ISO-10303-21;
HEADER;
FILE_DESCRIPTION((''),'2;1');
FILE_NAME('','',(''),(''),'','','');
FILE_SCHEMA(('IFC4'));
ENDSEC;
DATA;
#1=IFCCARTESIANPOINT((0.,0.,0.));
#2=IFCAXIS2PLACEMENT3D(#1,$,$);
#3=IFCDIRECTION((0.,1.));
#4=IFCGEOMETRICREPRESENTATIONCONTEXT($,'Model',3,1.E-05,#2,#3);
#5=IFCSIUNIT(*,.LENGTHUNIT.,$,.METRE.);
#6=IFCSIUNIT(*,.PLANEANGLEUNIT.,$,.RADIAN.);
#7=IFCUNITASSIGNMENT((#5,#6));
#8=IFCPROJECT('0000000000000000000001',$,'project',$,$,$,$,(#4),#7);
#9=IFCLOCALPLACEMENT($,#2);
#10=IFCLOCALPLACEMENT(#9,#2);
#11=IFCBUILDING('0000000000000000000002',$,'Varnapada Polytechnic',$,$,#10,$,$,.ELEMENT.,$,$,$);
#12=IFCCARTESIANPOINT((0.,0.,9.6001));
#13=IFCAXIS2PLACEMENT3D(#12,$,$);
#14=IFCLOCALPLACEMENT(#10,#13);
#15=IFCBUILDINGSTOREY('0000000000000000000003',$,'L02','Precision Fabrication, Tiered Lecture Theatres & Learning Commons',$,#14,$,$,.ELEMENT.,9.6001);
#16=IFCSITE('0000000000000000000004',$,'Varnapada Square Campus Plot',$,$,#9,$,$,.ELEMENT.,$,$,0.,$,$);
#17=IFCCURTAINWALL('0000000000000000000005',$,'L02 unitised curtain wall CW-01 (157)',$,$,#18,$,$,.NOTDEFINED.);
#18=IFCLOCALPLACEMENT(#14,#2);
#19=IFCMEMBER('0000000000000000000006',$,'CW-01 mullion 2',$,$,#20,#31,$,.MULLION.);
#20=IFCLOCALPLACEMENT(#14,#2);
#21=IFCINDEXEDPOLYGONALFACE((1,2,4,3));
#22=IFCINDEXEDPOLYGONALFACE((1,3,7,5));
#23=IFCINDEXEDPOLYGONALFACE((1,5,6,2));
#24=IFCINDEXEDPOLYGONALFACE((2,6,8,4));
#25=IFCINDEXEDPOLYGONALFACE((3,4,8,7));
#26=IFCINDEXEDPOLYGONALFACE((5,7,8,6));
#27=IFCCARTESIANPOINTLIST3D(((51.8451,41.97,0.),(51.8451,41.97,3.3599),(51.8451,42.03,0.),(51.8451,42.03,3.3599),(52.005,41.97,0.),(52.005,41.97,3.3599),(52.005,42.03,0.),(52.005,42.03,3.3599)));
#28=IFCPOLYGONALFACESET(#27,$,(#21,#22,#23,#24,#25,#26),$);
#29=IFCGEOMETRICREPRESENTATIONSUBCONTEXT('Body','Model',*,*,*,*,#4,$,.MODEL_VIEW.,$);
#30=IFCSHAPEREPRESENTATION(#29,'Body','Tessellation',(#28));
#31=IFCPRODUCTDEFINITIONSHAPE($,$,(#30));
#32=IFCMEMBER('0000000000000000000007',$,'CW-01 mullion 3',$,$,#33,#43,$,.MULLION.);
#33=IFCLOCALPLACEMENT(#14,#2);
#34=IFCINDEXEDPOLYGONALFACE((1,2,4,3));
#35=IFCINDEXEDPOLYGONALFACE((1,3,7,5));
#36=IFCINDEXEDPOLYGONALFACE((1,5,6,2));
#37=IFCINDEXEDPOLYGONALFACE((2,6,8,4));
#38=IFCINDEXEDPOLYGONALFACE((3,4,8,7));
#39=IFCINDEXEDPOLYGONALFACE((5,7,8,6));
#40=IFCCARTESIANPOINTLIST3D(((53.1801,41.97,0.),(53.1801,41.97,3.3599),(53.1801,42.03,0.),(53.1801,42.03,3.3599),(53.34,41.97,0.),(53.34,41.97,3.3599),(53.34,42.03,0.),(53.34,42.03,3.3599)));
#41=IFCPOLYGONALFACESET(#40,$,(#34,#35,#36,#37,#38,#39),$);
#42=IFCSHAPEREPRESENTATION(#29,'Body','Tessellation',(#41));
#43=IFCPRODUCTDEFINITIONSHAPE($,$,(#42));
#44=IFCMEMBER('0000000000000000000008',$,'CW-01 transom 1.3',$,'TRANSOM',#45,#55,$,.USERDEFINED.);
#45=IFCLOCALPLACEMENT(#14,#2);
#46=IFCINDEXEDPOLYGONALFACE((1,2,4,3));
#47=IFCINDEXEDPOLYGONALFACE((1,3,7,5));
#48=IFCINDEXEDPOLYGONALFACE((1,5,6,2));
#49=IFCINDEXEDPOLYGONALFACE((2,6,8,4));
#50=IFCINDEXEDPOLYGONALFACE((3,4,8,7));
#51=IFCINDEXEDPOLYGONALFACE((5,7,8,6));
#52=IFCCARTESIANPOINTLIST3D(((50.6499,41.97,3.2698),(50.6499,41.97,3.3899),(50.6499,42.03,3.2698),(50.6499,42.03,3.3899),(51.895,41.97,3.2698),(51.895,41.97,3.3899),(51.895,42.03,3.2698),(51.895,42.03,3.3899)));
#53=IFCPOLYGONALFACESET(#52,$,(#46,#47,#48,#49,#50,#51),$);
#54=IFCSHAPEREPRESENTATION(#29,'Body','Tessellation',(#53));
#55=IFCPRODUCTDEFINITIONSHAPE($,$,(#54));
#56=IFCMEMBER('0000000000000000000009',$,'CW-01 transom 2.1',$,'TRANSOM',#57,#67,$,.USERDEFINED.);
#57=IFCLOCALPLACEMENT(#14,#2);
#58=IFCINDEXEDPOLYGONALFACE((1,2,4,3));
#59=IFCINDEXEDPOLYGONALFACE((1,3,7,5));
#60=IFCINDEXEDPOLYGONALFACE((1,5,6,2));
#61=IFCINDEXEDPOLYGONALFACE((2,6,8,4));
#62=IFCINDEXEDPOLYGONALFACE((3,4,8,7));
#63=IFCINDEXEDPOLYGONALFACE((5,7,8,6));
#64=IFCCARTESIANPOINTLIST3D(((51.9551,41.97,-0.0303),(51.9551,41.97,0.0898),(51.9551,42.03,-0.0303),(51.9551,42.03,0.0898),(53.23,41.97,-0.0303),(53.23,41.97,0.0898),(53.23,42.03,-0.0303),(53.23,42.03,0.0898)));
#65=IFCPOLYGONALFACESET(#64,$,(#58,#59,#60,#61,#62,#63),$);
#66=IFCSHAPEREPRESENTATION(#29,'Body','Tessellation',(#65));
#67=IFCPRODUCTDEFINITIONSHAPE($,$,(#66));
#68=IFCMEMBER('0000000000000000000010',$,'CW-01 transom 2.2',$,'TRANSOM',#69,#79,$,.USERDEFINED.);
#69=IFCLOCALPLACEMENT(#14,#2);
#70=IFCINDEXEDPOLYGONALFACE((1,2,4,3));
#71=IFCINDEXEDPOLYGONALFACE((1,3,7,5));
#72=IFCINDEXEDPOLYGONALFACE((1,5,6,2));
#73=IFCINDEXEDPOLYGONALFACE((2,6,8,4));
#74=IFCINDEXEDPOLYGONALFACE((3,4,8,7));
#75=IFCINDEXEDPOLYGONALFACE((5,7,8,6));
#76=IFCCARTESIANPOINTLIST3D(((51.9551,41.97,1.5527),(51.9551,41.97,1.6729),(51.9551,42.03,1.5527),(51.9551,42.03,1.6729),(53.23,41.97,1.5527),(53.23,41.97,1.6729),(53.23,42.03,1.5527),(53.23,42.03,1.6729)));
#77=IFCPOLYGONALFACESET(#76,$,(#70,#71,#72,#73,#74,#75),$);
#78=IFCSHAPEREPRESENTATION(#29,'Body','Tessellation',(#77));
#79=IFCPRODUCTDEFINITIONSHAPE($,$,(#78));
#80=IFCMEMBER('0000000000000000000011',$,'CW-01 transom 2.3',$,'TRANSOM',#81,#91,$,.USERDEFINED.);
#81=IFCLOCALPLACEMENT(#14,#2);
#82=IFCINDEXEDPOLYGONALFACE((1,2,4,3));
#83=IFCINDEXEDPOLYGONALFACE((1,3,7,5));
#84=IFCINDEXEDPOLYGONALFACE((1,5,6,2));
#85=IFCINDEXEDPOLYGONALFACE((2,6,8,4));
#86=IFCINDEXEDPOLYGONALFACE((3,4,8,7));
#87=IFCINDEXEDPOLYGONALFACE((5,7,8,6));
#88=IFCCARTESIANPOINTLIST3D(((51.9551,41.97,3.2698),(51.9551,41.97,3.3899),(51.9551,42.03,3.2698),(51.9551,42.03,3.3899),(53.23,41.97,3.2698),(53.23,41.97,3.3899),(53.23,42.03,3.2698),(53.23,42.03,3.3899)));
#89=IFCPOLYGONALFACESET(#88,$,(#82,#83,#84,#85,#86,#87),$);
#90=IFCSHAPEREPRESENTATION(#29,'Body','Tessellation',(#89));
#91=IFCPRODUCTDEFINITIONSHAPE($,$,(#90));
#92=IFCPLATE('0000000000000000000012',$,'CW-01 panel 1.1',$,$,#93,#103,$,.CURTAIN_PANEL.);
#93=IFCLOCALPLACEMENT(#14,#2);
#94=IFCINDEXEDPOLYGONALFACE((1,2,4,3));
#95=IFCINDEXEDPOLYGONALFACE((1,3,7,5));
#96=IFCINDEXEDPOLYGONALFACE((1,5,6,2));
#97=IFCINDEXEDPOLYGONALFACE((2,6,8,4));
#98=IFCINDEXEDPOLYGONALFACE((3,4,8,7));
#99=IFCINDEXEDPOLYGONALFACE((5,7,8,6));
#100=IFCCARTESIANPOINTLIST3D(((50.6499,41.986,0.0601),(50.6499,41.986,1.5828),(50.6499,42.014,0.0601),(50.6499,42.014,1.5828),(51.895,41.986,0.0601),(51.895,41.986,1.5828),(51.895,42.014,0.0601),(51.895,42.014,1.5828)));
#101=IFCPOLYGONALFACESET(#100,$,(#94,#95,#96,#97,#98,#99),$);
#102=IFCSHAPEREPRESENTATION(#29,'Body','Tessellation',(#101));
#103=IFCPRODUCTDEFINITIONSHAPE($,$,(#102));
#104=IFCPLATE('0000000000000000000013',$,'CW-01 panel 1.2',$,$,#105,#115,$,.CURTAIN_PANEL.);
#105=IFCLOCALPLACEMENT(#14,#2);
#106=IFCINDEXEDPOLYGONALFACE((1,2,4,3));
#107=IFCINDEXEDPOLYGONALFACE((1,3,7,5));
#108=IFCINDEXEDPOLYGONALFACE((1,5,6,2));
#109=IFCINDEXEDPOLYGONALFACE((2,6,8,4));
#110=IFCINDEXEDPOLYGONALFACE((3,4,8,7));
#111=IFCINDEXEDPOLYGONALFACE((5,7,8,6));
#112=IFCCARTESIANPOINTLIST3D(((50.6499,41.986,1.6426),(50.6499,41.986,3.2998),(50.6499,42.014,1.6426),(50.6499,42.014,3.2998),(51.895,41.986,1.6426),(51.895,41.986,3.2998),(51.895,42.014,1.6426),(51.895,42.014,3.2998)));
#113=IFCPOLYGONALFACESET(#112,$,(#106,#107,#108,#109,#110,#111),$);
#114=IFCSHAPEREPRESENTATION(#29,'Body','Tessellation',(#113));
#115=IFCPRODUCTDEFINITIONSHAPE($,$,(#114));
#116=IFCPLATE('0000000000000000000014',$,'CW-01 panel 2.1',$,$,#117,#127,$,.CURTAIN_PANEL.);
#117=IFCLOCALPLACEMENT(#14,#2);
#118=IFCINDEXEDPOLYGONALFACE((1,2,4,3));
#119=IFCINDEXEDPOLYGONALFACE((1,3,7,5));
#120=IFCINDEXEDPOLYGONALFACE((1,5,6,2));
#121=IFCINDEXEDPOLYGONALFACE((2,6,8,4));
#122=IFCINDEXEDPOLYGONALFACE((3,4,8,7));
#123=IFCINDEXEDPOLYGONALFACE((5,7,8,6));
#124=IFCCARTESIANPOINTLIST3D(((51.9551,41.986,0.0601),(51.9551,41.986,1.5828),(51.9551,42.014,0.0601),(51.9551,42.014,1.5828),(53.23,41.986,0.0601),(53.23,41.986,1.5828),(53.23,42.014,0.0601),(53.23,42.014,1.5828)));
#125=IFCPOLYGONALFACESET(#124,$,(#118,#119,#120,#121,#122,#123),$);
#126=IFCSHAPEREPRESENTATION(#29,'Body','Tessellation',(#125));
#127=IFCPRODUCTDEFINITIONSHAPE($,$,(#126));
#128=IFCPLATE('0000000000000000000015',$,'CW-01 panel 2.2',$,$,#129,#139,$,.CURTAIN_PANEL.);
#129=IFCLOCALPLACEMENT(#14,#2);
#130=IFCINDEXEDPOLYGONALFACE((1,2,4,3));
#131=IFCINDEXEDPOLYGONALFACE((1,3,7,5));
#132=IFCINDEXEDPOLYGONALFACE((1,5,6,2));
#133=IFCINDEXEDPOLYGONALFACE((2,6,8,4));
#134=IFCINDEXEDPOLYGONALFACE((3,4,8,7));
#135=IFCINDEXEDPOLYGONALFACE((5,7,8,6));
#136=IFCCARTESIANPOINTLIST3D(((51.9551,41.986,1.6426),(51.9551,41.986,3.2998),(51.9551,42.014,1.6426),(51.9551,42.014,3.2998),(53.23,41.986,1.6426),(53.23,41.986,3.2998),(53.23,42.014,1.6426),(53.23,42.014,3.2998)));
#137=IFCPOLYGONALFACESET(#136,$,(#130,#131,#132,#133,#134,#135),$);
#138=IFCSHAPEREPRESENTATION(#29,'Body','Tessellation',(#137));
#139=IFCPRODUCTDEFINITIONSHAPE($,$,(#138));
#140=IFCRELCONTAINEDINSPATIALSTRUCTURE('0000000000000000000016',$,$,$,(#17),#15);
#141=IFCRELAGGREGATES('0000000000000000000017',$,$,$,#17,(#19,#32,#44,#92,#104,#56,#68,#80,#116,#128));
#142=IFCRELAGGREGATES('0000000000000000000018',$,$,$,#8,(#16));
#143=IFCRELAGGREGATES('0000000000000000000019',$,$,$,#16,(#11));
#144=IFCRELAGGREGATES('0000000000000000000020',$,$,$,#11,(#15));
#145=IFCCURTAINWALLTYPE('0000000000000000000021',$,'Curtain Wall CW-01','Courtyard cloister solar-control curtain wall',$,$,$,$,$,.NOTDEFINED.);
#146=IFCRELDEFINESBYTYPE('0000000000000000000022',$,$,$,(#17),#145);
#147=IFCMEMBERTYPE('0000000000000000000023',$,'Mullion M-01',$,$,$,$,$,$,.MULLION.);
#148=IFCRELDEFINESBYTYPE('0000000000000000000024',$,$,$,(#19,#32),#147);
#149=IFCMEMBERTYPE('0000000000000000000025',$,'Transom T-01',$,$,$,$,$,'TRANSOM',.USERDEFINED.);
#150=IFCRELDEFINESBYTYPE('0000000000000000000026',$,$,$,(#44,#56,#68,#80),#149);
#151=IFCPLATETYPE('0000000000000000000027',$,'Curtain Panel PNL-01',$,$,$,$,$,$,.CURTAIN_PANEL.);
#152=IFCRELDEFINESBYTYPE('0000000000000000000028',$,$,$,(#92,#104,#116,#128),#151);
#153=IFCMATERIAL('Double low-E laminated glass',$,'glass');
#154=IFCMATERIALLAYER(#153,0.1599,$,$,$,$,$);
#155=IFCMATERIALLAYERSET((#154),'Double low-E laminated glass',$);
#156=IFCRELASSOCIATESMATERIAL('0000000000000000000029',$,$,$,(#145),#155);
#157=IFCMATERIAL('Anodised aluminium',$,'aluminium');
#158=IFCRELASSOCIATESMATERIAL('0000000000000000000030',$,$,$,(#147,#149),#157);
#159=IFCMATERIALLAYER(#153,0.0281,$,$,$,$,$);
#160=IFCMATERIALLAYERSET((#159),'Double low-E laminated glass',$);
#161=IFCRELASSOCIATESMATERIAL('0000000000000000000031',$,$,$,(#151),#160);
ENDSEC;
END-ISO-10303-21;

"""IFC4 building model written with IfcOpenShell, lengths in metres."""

from ifc_helpers import new_model, si_unit, direction, frame, origin, origin_2d, place, context, subcontext, project, spatial, rectangle, extrude, material, layer, layer_set, material_profile, profile_set, type_object, element, aggregate, save


model = new_model("IFC4")

# Units and contexts
model_context = context("Model", 3, precision=1e-05, world=origin(), true_north=direction((0.0, 1.0)))
body_context = subcontext(model_context, "Body", "Model", "MODEL_VIEW")
ifc_project = project(units=[si_unit("LENGTHUNIT", "METRE"), si_unit("PLANEANGLEUNIT", "RADIAN")], contexts=[model_context])

# Site, building, storey
site_placement = place(None, origin())
site = spatial("IfcSite", under=ifc_project, at=site_placement, Name="Varnapada Square Campus Plot", CompositionType="ELEMENT", RefElevation=0.0)
building_placement = place(site_placement, origin())
building = spatial("IfcBuilding", under=site, at=building_placement, Name="Varnapada Polytechnic", CompositionType="ELEMENT")
storey_placement = place(building_placement, frame((0.0, 0.0, 9.6001)))
storey = spatial("IfcBuildingStorey", under=building, at=storey_placement, Name="L02", Description="Precision Fabrication, Tiered Lecture Theatres & Learning Commons", CompositionType="ELEMENT", Elevation=9.6001)

# Curtain wall, members, plates
ifc_material_1 = material(Name="Double low-E laminated glass", Category="glass")
ifc_layer_1 = layer(ifc_material_1, 0.1599)
ifc_layer_set_1 = layer_set([ifc_layer_1], Name="Double low-E laminated glass")
curtain_wall_type = type_object("IfcCurtainWallType", Name="Curtain Wall CW-01", Description="Courtyard cloister solar-control curtain wall", PredefinedType="NOTDEFINED", material=ifc_layer_set_1)
curtain_wall_placement = place(storey_placement, origin())
curtain_wall = element("IfcCurtainWall", 1, at=curtain_wall_placement, inside=storey, type_object=curtain_wall_type, Name="L02 unitised curtain wall CW-01 (157)", PredefinedType="NOTDEFINED")
ifc_material_2 = material(Name="Anodised aluminium", Category="aluminium")
ifc_material_profile_1 = material_profile(ifc_material_2, rectangle(XDim=0.0601, YDim=0.1599, at=origin_2d()), Name="ALU M60x160")
ifc_profile_set_1 = profile_set([ifc_material_profile_1], Name="Anodised aluminium")
member_type_1 = type_object("IfcMemberType", Name="Mullion M-01", PredefinedType="MULLION", material=ifc_profile_set_1)
member_1_placement = place(storey_placement, frame((51.925, 42.0, 0.0), z_axis=(0.0, 0.0, 1.0), x_axis=(0.0, 1.0, 0.0)))
member_1 = element("IfcMember", 2, at=member_1_placement, type_object=member_type_1, Name="CW-01 mullion 2", PredefinedType="MULLION", context=body_context, shape_type="SweptSolid", body=[
    extrude(rectangle(XDim=0.0601, YDim=0.1599, at=origin_2d()), origin(), (0.0, 0.0, 1.0), 3.3599),
])
member_2_placement = place(storey_placement, frame((53.26, 42.0, 0.0), z_axis=(0.0, 0.0, 1.0), x_axis=(0.0, 1.0, 0.0)))
member_2 = element("IfcMember", 3, at=member_2_placement, type_object=member_type_1, Name="CW-01 mullion 3", PredefinedType="MULLION", context=body_context, shape_type="SweptSolid", body=[
    extrude(rectangle(XDim=0.0601, YDim=0.1599, at=origin_2d()), origin(), (0.0, 0.0, 1.0), 3.3599),
])
ifc_material_profile_2 = material_profile(ifc_material_2, rectangle(XDim=0.0601, YDim=0.1201, at=origin_2d()), Name="ALU T60x120")
ifc_profile_set_2 = profile_set([ifc_material_profile_2], Name="Anodised aluminium")
member_type_2 = type_object("IfcMemberType", Name="Transom T-01", ElementType="TRANSOM", PredefinedType="USERDEFINED", material=ifc_profile_set_2)
member_3_placement = place(storey_placement, frame((50.6499, 42.0, 3.3298), z_axis=(1.0, 0.0, 0.0), x_axis=(0.0, 1.0, 0.0)))
member_3 = element("IfcMember", 4, at=member_3_placement, type_object=member_type_2, Name="CW-01 transom 1.3", ObjectType="TRANSOM", PredefinedType="USERDEFINED", context=body_context, shape_type="SweptSolid", body=[
    extrude(rectangle(XDim=0.0601, YDim=0.1201, at=origin_2d()), origin(), (0.0, 0.0, 1.0), 1.2451),
])
member_4_placement = place(storey_placement, frame((51.9551, 42.0, 0.0298), z_axis=(1.0, 0.0, 0.0), x_axis=(0.0, 1.0, 0.0)))
member_4 = element("IfcMember", 5, at=member_4_placement, type_object=member_type_2, Name="CW-01 transom 2.1", ObjectType="TRANSOM", PredefinedType="USERDEFINED", context=body_context, shape_type="SweptSolid", body=[
    extrude(rectangle(XDim=0.0601, YDim=0.1201, at=origin_2d()), origin(), (0.0, 0.0, 1.0), 1.2749),
])
member_5_placement = place(storey_placement, frame((51.9551, 42.0, 1.6128), z_axis=(1.0, 0.0, 0.0), x_axis=(0.0, 1.0, 0.0)))
member_5 = element("IfcMember", 6, at=member_5_placement, type_object=member_type_2, Name="CW-01 transom 2.2", ObjectType="TRANSOM", PredefinedType="USERDEFINED", context=body_context, shape_type="SweptSolid", body=[
    extrude(rectangle(XDim=0.0601, YDim=0.1201, at=origin_2d()), origin(), (0.0, 0.0, 1.0), 1.2749),
])
member_6_placement = place(storey_placement, frame((51.9551, 42.0, 3.3298), z_axis=(1.0, 0.0, 0.0), x_axis=(0.0, 1.0, 0.0)))
member_6 = element("IfcMember", 7, at=member_6_placement, type_object=member_type_2, Name="CW-01 transom 2.3", ObjectType="TRANSOM", PredefinedType="USERDEFINED", context=body_context, shape_type="SweptSolid", body=[
    extrude(rectangle(XDim=0.0601, YDim=0.1201, at=origin_2d()), origin(), (0.0, 0.0, 1.0), 1.2749),
])
ifc_layer_2 = layer(ifc_material_1, 0.0281)
ifc_layer_set_2 = layer_set([ifc_layer_2], Name="Double low-E laminated glass")
plate_type = type_object("IfcPlateType", Name="Curtain Panel PNL-01", PredefinedType="CURTAIN_PANEL", material=ifc_layer_set_2)
plate_1_placement = place(storey_placement, frame((51.2725, 42.0, 0.0601), z_axis=(0.0, 0.0, 1.0), x_axis=(1.0, 0.0, 0.0)))
plate_1 = element("IfcPlate", 8, at=plate_1_placement, type_object=plate_type, Name="CW-01 panel 1.1", PredefinedType="CURTAIN_PANEL", context=body_context, shape_type="SweptSolid", body=[
    extrude(rectangle(XDim=1.2451, YDim=0.0281, at=origin_2d()), origin(), (0.0, 0.0, 1.0), 1.5227),
])
plate_2_placement = place(storey_placement, frame((51.2725, 42.0, 1.6426), z_axis=(0.0, 0.0, 1.0), x_axis=(1.0, 0.0, 0.0)))
plate_2 = element("IfcPlate", 9, at=plate_2_placement, type_object=plate_type, Name="CW-01 panel 1.2", PredefinedType="CURTAIN_PANEL", context=body_context, shape_type="SweptSolid", body=[
    extrude(rectangle(XDim=1.2451, YDim=0.0281, at=origin_2d()), origin(), (0.0, 0.0, 1.0), 1.6572),
])
plate_3_placement = place(storey_placement, frame((52.5925, 42.0, 0.0601), z_axis=(0.0, 0.0, 1.0), x_axis=(1.0, 0.0, 0.0)))
plate_3 = element("IfcPlate", 10, at=plate_3_placement, type_object=plate_type, Name="CW-01 panel 2.1", PredefinedType="CURTAIN_PANEL", context=body_context, shape_type="SweptSolid", body=[
    extrude(rectangle(XDim=1.2749, YDim=0.0281, at=origin_2d()), origin(), (0.0, 0.0, 1.0), 1.5227),
])
plate_4_placement = place(storey_placement, frame((52.5925, 42.0, 1.6426), z_axis=(0.0, 0.0, 1.0), x_axis=(1.0, 0.0, 0.0)))
plate_4 = element("IfcPlate", 11, at=plate_4_placement, type_object=plate_type, Name="CW-01 panel 2.2", PredefinedType="CURTAIN_PANEL", context=body_context, shape_type="SweptSolid", body=[
    extrude(rectangle(XDim=1.2749, YDim=0.0281, at=origin_2d()), origin(), (0.0, 0.0, 1.0), 1.6572),
])
aggregate(curtain_wall, [member_1, member_2, member_3, plate_1, plate_2, member_4, member_5, member_6, plate_3, plate_4])

save(model, "model.ifc")
